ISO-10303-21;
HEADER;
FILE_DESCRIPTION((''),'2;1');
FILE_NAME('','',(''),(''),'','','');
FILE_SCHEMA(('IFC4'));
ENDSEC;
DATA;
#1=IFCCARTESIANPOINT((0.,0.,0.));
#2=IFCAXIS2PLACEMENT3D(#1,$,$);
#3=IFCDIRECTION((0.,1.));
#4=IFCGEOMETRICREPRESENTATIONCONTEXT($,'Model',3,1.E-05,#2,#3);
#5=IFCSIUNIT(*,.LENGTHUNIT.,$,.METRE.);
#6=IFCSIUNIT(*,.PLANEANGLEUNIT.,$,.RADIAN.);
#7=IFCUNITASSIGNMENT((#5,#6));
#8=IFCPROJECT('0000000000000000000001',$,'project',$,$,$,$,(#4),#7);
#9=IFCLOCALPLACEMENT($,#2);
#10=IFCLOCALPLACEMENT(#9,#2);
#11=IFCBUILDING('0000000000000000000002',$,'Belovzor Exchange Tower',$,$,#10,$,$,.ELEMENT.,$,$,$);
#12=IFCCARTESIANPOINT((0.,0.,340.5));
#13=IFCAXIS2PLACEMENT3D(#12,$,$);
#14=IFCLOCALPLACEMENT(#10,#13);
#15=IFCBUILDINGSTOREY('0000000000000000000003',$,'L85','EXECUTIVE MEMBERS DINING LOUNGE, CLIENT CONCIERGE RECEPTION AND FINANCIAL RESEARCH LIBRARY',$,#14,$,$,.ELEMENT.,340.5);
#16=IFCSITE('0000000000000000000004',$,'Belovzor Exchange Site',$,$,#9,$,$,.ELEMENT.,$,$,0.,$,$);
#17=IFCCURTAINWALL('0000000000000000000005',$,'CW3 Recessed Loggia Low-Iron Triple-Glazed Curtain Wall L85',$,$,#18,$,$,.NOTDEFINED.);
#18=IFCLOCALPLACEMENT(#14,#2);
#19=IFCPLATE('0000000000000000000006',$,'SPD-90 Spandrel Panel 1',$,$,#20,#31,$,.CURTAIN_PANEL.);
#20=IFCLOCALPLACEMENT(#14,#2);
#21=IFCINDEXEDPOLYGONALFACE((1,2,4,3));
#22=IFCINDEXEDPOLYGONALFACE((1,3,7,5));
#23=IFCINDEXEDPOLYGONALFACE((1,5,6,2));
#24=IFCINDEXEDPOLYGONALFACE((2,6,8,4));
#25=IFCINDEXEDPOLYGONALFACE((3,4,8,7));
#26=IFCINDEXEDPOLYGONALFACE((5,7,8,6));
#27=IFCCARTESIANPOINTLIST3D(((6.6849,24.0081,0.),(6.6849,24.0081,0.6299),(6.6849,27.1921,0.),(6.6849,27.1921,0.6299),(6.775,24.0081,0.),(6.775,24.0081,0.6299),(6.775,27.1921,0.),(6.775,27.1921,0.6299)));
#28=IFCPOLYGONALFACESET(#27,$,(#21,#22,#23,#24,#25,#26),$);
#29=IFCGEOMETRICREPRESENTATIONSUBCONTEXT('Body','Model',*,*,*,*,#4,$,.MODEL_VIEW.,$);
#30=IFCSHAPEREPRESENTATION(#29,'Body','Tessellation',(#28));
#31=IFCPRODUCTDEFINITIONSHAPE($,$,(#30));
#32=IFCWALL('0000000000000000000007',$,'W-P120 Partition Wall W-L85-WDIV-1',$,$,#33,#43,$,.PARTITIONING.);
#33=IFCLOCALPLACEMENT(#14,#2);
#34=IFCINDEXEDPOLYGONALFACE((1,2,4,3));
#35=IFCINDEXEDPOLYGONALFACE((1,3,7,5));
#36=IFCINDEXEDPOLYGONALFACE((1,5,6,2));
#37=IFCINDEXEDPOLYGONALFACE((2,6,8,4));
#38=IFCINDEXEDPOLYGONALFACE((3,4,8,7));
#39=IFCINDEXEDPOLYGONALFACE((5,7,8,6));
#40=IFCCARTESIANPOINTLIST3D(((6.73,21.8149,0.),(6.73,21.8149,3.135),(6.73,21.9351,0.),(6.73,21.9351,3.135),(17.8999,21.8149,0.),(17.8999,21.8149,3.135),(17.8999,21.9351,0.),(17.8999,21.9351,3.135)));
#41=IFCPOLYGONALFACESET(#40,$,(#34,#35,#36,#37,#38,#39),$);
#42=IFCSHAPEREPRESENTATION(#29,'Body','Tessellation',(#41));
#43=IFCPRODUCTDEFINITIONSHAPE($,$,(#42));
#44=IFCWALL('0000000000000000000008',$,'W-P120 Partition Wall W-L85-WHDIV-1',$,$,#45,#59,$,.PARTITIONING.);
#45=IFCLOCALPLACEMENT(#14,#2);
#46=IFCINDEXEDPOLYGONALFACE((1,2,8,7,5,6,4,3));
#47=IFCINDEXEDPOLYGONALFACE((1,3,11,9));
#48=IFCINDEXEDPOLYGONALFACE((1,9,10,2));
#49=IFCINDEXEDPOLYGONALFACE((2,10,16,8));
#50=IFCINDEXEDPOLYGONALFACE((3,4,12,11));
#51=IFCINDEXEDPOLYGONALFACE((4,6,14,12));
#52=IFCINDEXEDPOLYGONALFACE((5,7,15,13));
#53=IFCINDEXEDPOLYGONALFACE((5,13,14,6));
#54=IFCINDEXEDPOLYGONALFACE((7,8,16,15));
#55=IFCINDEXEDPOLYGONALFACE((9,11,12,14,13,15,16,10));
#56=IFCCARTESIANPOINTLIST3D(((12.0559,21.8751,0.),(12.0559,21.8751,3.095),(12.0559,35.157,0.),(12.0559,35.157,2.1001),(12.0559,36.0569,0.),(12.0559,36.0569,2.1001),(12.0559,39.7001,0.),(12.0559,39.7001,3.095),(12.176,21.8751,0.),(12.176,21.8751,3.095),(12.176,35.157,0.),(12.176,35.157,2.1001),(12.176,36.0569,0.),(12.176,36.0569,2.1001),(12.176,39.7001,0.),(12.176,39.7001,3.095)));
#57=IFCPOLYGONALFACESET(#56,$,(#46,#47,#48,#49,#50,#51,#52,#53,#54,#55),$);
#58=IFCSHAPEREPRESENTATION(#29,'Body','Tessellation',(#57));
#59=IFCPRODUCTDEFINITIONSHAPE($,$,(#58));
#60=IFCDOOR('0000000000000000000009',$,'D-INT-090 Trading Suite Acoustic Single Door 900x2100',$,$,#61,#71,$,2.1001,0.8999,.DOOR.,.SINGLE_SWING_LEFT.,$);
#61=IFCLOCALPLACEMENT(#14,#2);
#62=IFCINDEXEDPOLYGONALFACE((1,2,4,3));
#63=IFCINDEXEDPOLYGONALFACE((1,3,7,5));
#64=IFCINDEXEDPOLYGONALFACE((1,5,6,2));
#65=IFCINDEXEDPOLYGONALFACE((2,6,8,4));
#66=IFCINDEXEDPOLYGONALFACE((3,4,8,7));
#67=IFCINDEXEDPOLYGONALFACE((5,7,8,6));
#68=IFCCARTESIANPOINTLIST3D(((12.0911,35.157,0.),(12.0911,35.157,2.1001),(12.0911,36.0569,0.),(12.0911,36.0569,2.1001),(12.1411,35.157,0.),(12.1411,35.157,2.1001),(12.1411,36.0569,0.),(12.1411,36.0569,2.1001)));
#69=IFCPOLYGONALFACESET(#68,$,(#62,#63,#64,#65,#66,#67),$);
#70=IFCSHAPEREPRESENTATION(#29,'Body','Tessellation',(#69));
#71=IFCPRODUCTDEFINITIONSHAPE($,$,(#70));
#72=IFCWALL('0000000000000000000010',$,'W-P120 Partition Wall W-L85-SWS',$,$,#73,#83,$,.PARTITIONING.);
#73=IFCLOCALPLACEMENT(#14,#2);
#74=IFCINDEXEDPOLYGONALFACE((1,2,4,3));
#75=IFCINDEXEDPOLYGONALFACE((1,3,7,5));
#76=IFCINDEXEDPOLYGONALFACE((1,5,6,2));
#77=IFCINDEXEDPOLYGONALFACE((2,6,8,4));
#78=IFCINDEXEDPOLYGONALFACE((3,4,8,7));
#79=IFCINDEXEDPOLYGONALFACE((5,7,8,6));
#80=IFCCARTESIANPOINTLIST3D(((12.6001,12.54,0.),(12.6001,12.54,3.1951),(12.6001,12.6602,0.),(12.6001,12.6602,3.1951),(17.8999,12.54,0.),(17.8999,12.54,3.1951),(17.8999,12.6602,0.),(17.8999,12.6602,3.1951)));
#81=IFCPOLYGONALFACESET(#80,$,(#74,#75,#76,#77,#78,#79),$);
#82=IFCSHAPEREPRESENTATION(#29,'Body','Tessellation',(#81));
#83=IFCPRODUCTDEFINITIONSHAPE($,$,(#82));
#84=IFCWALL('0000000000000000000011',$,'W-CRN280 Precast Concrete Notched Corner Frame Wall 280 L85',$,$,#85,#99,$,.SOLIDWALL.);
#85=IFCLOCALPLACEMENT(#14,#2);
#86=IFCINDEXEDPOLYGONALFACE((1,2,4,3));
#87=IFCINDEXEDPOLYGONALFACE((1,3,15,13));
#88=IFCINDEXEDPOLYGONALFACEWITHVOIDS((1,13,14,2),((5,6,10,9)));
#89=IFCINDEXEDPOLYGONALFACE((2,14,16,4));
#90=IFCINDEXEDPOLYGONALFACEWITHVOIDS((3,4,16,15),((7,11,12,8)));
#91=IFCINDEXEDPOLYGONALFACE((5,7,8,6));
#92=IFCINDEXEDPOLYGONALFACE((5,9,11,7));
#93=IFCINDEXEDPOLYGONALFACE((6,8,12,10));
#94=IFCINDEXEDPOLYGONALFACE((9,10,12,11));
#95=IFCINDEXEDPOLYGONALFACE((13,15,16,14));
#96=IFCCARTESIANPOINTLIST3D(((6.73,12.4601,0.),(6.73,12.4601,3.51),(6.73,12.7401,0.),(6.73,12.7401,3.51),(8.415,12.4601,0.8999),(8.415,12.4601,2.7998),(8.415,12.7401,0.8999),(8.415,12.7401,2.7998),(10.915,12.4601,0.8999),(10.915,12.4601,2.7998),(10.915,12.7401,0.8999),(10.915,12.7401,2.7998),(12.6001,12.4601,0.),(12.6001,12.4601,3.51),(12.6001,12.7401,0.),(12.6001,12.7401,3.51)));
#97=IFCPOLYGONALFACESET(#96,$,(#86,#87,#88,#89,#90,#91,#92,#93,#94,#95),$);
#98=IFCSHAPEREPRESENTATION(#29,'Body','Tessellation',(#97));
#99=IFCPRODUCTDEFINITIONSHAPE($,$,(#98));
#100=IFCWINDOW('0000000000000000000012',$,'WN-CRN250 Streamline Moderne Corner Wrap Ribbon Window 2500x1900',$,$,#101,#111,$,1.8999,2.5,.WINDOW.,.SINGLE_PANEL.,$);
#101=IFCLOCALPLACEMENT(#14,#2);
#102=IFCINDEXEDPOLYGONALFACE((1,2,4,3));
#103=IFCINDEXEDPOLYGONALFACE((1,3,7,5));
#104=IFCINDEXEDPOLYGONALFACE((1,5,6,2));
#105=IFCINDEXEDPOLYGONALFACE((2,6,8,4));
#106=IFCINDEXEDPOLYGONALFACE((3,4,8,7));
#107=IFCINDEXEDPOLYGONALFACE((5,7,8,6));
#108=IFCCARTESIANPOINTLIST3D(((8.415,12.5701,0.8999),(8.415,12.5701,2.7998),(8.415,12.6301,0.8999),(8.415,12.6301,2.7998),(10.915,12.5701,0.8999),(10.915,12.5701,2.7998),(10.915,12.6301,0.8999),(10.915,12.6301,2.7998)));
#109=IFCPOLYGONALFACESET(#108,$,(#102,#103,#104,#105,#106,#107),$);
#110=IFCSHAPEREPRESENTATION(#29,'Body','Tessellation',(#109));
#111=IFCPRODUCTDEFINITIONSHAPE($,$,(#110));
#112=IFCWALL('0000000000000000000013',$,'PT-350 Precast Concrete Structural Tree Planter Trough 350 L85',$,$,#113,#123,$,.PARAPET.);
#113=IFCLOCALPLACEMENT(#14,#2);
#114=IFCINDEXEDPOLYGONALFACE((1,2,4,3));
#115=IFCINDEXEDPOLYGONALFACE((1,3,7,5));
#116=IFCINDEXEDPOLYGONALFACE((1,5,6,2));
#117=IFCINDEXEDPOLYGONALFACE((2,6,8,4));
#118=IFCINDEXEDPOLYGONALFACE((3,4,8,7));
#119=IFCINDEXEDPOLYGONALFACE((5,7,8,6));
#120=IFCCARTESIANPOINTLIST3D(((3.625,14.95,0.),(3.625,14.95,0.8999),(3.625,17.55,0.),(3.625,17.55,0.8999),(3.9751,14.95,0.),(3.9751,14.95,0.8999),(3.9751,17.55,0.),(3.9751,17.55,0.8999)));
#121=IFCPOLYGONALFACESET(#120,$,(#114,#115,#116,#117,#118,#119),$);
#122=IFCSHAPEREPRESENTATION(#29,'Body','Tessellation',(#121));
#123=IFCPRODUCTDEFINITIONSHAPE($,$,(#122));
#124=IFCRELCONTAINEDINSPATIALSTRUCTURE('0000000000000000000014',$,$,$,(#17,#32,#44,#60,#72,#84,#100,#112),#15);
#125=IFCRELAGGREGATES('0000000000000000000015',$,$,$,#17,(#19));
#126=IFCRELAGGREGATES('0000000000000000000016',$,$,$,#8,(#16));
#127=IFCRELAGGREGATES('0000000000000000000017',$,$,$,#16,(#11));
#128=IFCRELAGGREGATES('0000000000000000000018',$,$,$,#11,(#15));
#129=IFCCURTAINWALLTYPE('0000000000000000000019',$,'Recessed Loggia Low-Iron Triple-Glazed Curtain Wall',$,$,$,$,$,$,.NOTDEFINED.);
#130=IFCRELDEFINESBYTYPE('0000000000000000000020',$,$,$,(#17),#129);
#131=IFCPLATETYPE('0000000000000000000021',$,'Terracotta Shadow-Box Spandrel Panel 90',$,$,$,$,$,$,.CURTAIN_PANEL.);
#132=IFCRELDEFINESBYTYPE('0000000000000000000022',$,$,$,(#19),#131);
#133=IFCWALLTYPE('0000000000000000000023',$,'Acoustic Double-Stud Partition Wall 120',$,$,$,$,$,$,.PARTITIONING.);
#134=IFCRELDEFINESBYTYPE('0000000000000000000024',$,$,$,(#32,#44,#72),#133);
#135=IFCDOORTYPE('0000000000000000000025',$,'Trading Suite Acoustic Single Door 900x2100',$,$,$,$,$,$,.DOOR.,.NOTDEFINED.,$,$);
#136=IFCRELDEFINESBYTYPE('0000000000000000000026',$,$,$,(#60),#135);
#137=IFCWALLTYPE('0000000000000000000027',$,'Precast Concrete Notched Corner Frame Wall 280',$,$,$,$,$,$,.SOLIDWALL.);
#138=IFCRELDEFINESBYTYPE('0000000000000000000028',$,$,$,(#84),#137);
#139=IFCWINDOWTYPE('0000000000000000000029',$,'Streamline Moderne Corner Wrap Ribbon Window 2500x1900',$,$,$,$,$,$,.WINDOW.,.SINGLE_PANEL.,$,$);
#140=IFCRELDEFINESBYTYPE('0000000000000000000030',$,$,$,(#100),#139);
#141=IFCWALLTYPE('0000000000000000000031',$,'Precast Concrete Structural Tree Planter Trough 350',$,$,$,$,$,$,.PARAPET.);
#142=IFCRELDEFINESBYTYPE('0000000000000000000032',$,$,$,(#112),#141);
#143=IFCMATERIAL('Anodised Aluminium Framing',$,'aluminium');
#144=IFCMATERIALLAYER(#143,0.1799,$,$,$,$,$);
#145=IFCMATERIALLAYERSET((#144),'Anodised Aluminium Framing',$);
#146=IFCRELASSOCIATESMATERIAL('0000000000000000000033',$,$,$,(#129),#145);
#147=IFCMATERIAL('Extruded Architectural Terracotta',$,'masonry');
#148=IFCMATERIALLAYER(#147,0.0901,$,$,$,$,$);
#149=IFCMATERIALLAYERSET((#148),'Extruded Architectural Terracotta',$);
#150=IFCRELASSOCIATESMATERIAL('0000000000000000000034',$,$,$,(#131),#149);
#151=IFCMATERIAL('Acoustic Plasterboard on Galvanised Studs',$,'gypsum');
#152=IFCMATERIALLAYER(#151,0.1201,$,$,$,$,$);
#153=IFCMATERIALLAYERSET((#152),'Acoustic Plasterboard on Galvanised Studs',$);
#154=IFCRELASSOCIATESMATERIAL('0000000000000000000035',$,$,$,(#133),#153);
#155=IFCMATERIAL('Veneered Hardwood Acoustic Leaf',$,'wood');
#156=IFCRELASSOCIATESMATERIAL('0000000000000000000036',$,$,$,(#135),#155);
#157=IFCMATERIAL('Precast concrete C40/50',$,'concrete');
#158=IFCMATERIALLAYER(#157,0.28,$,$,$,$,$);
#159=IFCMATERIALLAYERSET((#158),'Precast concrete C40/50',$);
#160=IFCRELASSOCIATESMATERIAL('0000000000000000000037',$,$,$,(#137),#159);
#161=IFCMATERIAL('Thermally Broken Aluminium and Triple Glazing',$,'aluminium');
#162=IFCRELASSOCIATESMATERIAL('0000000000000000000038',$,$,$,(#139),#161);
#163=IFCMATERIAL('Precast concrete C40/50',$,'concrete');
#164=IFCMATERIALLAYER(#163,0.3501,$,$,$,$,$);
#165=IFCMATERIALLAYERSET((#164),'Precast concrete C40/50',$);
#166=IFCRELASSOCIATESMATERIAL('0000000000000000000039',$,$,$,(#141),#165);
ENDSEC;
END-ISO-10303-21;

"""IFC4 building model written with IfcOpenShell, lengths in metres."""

from ifc_helpers import new_model, si_unit, direction, frame, frame_2d, origin, origin_2d, place, context, subcontext, project, spatial, rectangle, extrude, material, layer, layer_set, type_object, element, fill, aggregate, save


model = new_model("IFC4")

# Units and contexts
model_context = context("Model", 3, precision=1e-05, world=origin(), true_north=direction((0.0, 1.0)))
body_context = subcontext(model_context, "Body", "Model", "MODEL_VIEW")
ifc_project = project(units=[si_unit("LENGTHUNIT", "METRE"), si_unit("PLANEANGLEUNIT", "RADIAN")], contexts=[model_context])

# Site, building, storey
site_placement = place(None, origin())
site = spatial("IfcSite", under=ifc_project, at=site_placement, Name="Belovzor Exchange Site", CompositionType="ELEMENT", RefElevation=0.0)
building_placement = place(site_placement, origin())
building = spatial("IfcBuilding", under=site, at=building_placement, Name="Belovzor Exchange Tower", CompositionType="ELEMENT")
storey_placement = place(building_placement, frame((0.0, 0.0, 340.5)))
storey = spatial("IfcBuildingStorey", under=building, at=storey_placement, Name="L85", Description="EXECUTIVE MEMBERS DINING LOUNGE, CLIENT CONCIERGE RECEPTION AND FINANCIAL RESEARCH LIBRARY", CompositionType="ELEMENT", Elevation=340.5)

# Curtain wall
ifc_material_1 = material(Name="Anodised Aluminium Framing", Category="aluminium")
ifc_layer_1 = layer(ifc_material_1, 0.1799)
ifc_layer_set_1 = layer_set([ifc_layer_1], Name="Anodised Aluminium Framing")
curtain_wall_type = type_object("IfcCurtainWallType", Name="Recessed Loggia Low-Iron Triple-Glazed Curtain Wall", PredefinedType="NOTDEFINED", material=ifc_layer_set_1)
curtain_wall_placement = place(storey_placement, origin())
curtain_wall = element("IfcCurtainWall", 1, at=curtain_wall_placement, inside=storey, type_object=curtain_wall_type, Name="CW3 Recessed Loggia Low-Iron Triple-Glazed Curtain Wall L85", PredefinedType="NOTDEFINED")

# Plate
ifc_material_2 = material(Name="Extruded Architectural Terracotta", Category="masonry")
ifc_layer_2 = layer(ifc_material_2, 0.0901)
ifc_layer_set_2 = layer_set([ifc_layer_2], Name="Extruded Architectural Terracotta")
plate_type_1 = type_object("IfcPlateType", Name="Terracotta Shadow-Box Spandrel Panel 90", PredefinedType="CURTAIN_PANEL", material=ifc_layer_set_2)
plate_1_placement = place(storey_placement, frame((6.73, 25.6001, 0.0), z_axis=(0.0, 0.0, 1.0), x_axis=(0.0, 1.0, 0.0)))
plate_1 = element("IfcPlate", 2, at=plate_1_placement, type_object=plate_type_1, Name="SPD-90 Spandrel Panel 1", PredefinedType="CURTAIN_PANEL", context=body_context, shape_type="SweptSolid", body=[
    extrude(rectangle(XDim=3.1841, YDim=0.0901, at=origin_2d()), origin(), (0.0, 0.0, 1.0), 0.6299),
])
aggregate(curtain_wall, [plate_1])

# Wall
ifc_material_3 = material(Name="Acoustic Plasterboard on Galvanised Studs", Category="gypsum")
ifc_layer_3 = layer(ifc_material_3, 0.1201)
ifc_layer_set_3 = layer_set([ifc_layer_3], Name="Acoustic Plasterboard on Galvanised Studs")
wall_type_1 = type_object("IfcWallType", Name="Acoustic Double-Stud Partition Wall 120", PredefinedType="PARTITIONING", material=ifc_layer_set_3)
wall_1_placement = place(storey_placement, frame((6.73, 21.875, 0.0), z_axis=(0.0, 0.0, 1.0), x_axis=(1.0, 0.0, 0.0)))
element("IfcWall", 3, at=wall_1_placement, inside=storey, type_object=wall_type_1, Name="W-P120 Partition Wall W-L85-WDIV-1", PredefinedType="PARTITIONING", context=body_context, shape_type="SweptSolid", body=[
    extrude(rectangle(XDim=11.1699, YDim=0.1201, at=frame_2d((5.585, 0.0))), origin(), (0.0, 0.0, 1.0), 3.135),
])

# Wall, opening, door
wall_2_placement = place(storey_placement, frame((12.116, 21.875, 0.0), z_axis=(0.0, 0.0, 1.0), x_axis=(0.0, 1.0, 0.0)))
wall_2 = element("IfcWall", 4, at=wall_2_placement, inside=storey, type_object=wall_type_1, Name="W-P120 Partition Wall W-L85-WHDIV-1", PredefinedType="PARTITIONING", context=body_context, shape_type="SweptSolid", body=[
    extrude(rectangle(XDim=17.825, YDim=0.1201, at=frame_2d((8.9126, 0.0))), origin(), (0.0, 0.0, 1.0), 3.095),
])
opening_1_placement = place(wall_2_placement, frame((13.282, 0.0, 0.0)))
opening_1 = element("IfcOpeningElement", 5, at=opening_1_placement, cuts=wall_2, PredefinedType="OPENING", context=body_context, shape_type="SweptSolid", body=[
    extrude(rectangle(XDim=0.8999, YDim=2.1001, at=frame_2d((0.45, 1.05))), frame((0.0, 0.0701, 0.0), z_axis=(0.0, -1.0, 0.0), x_axis=(1.0, 0.0, 0.0)), (0.0, 0.0, 1.0), 0.1401),
])
ifc_material_4 = material(Name="Veneered Hardwood Acoustic Leaf", Category="wood")
door_type = type_object("IfcDoorType", Name="Trading Suite Acoustic Single Door 900x2100", OperationType="NOTDEFINED", PredefinedType="DOOR", material=ifc_material_4)
door_placement = place(opening_1_placement, origin())
door = element("IfcDoor", 6, at=door_placement, inside=storey, type_object=door_type, Name="D-INT-090 Trading Suite Acoustic Single Door 900x2100", OperationType="SINGLE_SWING_LEFT", OverallHeight=2.1001, OverallWidth=0.8999, PredefinedType="DOOR", context=body_context, shape_type="SweptSolid", body=[
    extrude(rectangle(XDim=0.8999, YDim=2.1001, at=frame_2d((0.45, 1.05))), frame((0.0, 0.0249, 0.0), z_axis=(0.0, -1.0, 0.0), x_axis=(1.0, 0.0, 0.0)), (0.0, 0.0, 1.0), 0.05),
])
fill(opening_1, door)

# Wall
wall_3_placement = place(storey_placement, frame((12.6001, 12.6001, 0.0), z_axis=(0.0, 0.0, 1.0), x_axis=(1.0, 0.0, 0.0)))
element("IfcWall", 7, at=wall_3_placement, inside=storey, type_object=wall_type_1, Name="W-P120 Partition Wall W-L85-SWS", PredefinedType="PARTITIONING", context=body_context, shape_type="SweptSolid", body=[
    extrude(rectangle(XDim=5.2998, YDim=0.1201, at=frame_2d((2.6499, 0.0))), origin(), (0.0, 0.0, 1.0), 3.1951),
])

# Wall, opening, window
ifc_material_5 = material(Name="Precast concrete C40/50", Category="concrete")
ifc_layer_4 = layer(ifc_material_5, 0.28)
ifc_layer_set_4 = layer_set([ifc_layer_4], Name="Precast concrete C40/50")
wall_type_2 = type_object("IfcWallType", Name="Precast Concrete Notched Corner Frame Wall 280", PredefinedType="SOLIDWALL", material=ifc_layer_set_4)
wall_4_placement = place(storey_placement, frame((12.6001, 12.6001, 0.0), z_axis=(0.0, 0.0, 1.0), x_axis=(-1.0, 0.0, 0.0)))
wall_4 = element("IfcWall", 8, at=wall_4_placement, inside=storey, type_object=wall_type_2, Name="W-CRN280 Precast Concrete Notched Corner Frame Wall 280 L85", PredefinedType="SOLIDWALL", context=body_context, shape_type="SweptSolid", body=[
    extrude(rectangle(XDim=5.8701, YDim=0.28, at=frame_2d((2.9351, 0.0))), origin(), (0.0, 0.0, 1.0), 3.51),
])
opening_2_placement = place(wall_4_placement, frame((1.6851, 0.0, 0.8999)))
opening_2 = element("IfcOpeningElement", 9, at=opening_2_placement, cuts=wall_4, PredefinedType="OPENING", context=body_context, shape_type="SweptSolid", body=[
    extrude(rectangle(XDim=2.5, YDim=1.8999, at=frame_2d((1.25, 0.95))), frame((0.0, 0.1499, 0.0), z_axis=(0.0, -1.0, 0.0), x_axis=(1.0, 0.0, 0.0)), (0.0, 0.0, 1.0), 0.3),
])
ifc_material_6 = material(Name="Thermally Broken Aluminium and Triple Glazing", Category="aluminium")
window_type = type_object("IfcWindowType", Name="Streamline Moderne Corner Wrap Ribbon Window 2500x1900", PartitioningType="SINGLE_PANEL", PredefinedType="WINDOW", material=ifc_material_6)
window_placement = place(opening_2_placement, origin())
window = element("IfcWindow", 10, at=window_placement, inside=storey, type_object=window_type, Name="WN-CRN250 Streamline Moderne Corner Wrap Ribbon Window 2500x1900", OverallHeight=1.8999, OverallWidth=2.5, PartitioningType="SINGLE_PANEL", PredefinedType="WINDOW", context=body_context, shape_type="SweptSolid", body=[
    extrude(rectangle(XDim=2.5, YDim=1.8999, at=frame_2d((1.25, 0.95))), frame((0.0, 0.03, 0.0), z_axis=(0.0, -1.0, 0.0), x_axis=(1.0, 0.0, 0.0)), (0.0, 0.0, 1.0), 0.0601),
])
fill(opening_2, window)

# Wall
ifc_material_7 = material(Name="Precast concrete C40/50", Category="concrete")
ifc_layer_5 = layer(ifc_material_7, 0.3501)
ifc_layer_set_5 = layer_set([ifc_layer_5], Name="Precast concrete C40/50")
wall_type_3 = type_object("IfcWallType", Name="Precast Concrete Structural Tree Planter Trough 350", PredefinedType="PARAPET", material=ifc_layer_set_5)
wall_5_placement = place(storey_placement, frame((3.8, 14.95, 0.0), z_axis=(0.0, 0.0, 1.0), x_axis=(0.0, 1.0, 0.0)))
element("IfcWall", 11, at=wall_5_placement, inside=storey, type_object=wall_type_3, Name="PT-350 Precast Concrete Structural Tree Planter Trough 350 L85", PredefinedType="PARAPET", context=body_context, shape_type="SweptSolid", body=[
    extrude(rectangle(XDim=2.6001, YDim=0.3501, at=frame_2d((1.3, 0.0))), origin(), (0.0, 0.0, 1.0), 0.8999),
])

save(model, "model.ifc")
